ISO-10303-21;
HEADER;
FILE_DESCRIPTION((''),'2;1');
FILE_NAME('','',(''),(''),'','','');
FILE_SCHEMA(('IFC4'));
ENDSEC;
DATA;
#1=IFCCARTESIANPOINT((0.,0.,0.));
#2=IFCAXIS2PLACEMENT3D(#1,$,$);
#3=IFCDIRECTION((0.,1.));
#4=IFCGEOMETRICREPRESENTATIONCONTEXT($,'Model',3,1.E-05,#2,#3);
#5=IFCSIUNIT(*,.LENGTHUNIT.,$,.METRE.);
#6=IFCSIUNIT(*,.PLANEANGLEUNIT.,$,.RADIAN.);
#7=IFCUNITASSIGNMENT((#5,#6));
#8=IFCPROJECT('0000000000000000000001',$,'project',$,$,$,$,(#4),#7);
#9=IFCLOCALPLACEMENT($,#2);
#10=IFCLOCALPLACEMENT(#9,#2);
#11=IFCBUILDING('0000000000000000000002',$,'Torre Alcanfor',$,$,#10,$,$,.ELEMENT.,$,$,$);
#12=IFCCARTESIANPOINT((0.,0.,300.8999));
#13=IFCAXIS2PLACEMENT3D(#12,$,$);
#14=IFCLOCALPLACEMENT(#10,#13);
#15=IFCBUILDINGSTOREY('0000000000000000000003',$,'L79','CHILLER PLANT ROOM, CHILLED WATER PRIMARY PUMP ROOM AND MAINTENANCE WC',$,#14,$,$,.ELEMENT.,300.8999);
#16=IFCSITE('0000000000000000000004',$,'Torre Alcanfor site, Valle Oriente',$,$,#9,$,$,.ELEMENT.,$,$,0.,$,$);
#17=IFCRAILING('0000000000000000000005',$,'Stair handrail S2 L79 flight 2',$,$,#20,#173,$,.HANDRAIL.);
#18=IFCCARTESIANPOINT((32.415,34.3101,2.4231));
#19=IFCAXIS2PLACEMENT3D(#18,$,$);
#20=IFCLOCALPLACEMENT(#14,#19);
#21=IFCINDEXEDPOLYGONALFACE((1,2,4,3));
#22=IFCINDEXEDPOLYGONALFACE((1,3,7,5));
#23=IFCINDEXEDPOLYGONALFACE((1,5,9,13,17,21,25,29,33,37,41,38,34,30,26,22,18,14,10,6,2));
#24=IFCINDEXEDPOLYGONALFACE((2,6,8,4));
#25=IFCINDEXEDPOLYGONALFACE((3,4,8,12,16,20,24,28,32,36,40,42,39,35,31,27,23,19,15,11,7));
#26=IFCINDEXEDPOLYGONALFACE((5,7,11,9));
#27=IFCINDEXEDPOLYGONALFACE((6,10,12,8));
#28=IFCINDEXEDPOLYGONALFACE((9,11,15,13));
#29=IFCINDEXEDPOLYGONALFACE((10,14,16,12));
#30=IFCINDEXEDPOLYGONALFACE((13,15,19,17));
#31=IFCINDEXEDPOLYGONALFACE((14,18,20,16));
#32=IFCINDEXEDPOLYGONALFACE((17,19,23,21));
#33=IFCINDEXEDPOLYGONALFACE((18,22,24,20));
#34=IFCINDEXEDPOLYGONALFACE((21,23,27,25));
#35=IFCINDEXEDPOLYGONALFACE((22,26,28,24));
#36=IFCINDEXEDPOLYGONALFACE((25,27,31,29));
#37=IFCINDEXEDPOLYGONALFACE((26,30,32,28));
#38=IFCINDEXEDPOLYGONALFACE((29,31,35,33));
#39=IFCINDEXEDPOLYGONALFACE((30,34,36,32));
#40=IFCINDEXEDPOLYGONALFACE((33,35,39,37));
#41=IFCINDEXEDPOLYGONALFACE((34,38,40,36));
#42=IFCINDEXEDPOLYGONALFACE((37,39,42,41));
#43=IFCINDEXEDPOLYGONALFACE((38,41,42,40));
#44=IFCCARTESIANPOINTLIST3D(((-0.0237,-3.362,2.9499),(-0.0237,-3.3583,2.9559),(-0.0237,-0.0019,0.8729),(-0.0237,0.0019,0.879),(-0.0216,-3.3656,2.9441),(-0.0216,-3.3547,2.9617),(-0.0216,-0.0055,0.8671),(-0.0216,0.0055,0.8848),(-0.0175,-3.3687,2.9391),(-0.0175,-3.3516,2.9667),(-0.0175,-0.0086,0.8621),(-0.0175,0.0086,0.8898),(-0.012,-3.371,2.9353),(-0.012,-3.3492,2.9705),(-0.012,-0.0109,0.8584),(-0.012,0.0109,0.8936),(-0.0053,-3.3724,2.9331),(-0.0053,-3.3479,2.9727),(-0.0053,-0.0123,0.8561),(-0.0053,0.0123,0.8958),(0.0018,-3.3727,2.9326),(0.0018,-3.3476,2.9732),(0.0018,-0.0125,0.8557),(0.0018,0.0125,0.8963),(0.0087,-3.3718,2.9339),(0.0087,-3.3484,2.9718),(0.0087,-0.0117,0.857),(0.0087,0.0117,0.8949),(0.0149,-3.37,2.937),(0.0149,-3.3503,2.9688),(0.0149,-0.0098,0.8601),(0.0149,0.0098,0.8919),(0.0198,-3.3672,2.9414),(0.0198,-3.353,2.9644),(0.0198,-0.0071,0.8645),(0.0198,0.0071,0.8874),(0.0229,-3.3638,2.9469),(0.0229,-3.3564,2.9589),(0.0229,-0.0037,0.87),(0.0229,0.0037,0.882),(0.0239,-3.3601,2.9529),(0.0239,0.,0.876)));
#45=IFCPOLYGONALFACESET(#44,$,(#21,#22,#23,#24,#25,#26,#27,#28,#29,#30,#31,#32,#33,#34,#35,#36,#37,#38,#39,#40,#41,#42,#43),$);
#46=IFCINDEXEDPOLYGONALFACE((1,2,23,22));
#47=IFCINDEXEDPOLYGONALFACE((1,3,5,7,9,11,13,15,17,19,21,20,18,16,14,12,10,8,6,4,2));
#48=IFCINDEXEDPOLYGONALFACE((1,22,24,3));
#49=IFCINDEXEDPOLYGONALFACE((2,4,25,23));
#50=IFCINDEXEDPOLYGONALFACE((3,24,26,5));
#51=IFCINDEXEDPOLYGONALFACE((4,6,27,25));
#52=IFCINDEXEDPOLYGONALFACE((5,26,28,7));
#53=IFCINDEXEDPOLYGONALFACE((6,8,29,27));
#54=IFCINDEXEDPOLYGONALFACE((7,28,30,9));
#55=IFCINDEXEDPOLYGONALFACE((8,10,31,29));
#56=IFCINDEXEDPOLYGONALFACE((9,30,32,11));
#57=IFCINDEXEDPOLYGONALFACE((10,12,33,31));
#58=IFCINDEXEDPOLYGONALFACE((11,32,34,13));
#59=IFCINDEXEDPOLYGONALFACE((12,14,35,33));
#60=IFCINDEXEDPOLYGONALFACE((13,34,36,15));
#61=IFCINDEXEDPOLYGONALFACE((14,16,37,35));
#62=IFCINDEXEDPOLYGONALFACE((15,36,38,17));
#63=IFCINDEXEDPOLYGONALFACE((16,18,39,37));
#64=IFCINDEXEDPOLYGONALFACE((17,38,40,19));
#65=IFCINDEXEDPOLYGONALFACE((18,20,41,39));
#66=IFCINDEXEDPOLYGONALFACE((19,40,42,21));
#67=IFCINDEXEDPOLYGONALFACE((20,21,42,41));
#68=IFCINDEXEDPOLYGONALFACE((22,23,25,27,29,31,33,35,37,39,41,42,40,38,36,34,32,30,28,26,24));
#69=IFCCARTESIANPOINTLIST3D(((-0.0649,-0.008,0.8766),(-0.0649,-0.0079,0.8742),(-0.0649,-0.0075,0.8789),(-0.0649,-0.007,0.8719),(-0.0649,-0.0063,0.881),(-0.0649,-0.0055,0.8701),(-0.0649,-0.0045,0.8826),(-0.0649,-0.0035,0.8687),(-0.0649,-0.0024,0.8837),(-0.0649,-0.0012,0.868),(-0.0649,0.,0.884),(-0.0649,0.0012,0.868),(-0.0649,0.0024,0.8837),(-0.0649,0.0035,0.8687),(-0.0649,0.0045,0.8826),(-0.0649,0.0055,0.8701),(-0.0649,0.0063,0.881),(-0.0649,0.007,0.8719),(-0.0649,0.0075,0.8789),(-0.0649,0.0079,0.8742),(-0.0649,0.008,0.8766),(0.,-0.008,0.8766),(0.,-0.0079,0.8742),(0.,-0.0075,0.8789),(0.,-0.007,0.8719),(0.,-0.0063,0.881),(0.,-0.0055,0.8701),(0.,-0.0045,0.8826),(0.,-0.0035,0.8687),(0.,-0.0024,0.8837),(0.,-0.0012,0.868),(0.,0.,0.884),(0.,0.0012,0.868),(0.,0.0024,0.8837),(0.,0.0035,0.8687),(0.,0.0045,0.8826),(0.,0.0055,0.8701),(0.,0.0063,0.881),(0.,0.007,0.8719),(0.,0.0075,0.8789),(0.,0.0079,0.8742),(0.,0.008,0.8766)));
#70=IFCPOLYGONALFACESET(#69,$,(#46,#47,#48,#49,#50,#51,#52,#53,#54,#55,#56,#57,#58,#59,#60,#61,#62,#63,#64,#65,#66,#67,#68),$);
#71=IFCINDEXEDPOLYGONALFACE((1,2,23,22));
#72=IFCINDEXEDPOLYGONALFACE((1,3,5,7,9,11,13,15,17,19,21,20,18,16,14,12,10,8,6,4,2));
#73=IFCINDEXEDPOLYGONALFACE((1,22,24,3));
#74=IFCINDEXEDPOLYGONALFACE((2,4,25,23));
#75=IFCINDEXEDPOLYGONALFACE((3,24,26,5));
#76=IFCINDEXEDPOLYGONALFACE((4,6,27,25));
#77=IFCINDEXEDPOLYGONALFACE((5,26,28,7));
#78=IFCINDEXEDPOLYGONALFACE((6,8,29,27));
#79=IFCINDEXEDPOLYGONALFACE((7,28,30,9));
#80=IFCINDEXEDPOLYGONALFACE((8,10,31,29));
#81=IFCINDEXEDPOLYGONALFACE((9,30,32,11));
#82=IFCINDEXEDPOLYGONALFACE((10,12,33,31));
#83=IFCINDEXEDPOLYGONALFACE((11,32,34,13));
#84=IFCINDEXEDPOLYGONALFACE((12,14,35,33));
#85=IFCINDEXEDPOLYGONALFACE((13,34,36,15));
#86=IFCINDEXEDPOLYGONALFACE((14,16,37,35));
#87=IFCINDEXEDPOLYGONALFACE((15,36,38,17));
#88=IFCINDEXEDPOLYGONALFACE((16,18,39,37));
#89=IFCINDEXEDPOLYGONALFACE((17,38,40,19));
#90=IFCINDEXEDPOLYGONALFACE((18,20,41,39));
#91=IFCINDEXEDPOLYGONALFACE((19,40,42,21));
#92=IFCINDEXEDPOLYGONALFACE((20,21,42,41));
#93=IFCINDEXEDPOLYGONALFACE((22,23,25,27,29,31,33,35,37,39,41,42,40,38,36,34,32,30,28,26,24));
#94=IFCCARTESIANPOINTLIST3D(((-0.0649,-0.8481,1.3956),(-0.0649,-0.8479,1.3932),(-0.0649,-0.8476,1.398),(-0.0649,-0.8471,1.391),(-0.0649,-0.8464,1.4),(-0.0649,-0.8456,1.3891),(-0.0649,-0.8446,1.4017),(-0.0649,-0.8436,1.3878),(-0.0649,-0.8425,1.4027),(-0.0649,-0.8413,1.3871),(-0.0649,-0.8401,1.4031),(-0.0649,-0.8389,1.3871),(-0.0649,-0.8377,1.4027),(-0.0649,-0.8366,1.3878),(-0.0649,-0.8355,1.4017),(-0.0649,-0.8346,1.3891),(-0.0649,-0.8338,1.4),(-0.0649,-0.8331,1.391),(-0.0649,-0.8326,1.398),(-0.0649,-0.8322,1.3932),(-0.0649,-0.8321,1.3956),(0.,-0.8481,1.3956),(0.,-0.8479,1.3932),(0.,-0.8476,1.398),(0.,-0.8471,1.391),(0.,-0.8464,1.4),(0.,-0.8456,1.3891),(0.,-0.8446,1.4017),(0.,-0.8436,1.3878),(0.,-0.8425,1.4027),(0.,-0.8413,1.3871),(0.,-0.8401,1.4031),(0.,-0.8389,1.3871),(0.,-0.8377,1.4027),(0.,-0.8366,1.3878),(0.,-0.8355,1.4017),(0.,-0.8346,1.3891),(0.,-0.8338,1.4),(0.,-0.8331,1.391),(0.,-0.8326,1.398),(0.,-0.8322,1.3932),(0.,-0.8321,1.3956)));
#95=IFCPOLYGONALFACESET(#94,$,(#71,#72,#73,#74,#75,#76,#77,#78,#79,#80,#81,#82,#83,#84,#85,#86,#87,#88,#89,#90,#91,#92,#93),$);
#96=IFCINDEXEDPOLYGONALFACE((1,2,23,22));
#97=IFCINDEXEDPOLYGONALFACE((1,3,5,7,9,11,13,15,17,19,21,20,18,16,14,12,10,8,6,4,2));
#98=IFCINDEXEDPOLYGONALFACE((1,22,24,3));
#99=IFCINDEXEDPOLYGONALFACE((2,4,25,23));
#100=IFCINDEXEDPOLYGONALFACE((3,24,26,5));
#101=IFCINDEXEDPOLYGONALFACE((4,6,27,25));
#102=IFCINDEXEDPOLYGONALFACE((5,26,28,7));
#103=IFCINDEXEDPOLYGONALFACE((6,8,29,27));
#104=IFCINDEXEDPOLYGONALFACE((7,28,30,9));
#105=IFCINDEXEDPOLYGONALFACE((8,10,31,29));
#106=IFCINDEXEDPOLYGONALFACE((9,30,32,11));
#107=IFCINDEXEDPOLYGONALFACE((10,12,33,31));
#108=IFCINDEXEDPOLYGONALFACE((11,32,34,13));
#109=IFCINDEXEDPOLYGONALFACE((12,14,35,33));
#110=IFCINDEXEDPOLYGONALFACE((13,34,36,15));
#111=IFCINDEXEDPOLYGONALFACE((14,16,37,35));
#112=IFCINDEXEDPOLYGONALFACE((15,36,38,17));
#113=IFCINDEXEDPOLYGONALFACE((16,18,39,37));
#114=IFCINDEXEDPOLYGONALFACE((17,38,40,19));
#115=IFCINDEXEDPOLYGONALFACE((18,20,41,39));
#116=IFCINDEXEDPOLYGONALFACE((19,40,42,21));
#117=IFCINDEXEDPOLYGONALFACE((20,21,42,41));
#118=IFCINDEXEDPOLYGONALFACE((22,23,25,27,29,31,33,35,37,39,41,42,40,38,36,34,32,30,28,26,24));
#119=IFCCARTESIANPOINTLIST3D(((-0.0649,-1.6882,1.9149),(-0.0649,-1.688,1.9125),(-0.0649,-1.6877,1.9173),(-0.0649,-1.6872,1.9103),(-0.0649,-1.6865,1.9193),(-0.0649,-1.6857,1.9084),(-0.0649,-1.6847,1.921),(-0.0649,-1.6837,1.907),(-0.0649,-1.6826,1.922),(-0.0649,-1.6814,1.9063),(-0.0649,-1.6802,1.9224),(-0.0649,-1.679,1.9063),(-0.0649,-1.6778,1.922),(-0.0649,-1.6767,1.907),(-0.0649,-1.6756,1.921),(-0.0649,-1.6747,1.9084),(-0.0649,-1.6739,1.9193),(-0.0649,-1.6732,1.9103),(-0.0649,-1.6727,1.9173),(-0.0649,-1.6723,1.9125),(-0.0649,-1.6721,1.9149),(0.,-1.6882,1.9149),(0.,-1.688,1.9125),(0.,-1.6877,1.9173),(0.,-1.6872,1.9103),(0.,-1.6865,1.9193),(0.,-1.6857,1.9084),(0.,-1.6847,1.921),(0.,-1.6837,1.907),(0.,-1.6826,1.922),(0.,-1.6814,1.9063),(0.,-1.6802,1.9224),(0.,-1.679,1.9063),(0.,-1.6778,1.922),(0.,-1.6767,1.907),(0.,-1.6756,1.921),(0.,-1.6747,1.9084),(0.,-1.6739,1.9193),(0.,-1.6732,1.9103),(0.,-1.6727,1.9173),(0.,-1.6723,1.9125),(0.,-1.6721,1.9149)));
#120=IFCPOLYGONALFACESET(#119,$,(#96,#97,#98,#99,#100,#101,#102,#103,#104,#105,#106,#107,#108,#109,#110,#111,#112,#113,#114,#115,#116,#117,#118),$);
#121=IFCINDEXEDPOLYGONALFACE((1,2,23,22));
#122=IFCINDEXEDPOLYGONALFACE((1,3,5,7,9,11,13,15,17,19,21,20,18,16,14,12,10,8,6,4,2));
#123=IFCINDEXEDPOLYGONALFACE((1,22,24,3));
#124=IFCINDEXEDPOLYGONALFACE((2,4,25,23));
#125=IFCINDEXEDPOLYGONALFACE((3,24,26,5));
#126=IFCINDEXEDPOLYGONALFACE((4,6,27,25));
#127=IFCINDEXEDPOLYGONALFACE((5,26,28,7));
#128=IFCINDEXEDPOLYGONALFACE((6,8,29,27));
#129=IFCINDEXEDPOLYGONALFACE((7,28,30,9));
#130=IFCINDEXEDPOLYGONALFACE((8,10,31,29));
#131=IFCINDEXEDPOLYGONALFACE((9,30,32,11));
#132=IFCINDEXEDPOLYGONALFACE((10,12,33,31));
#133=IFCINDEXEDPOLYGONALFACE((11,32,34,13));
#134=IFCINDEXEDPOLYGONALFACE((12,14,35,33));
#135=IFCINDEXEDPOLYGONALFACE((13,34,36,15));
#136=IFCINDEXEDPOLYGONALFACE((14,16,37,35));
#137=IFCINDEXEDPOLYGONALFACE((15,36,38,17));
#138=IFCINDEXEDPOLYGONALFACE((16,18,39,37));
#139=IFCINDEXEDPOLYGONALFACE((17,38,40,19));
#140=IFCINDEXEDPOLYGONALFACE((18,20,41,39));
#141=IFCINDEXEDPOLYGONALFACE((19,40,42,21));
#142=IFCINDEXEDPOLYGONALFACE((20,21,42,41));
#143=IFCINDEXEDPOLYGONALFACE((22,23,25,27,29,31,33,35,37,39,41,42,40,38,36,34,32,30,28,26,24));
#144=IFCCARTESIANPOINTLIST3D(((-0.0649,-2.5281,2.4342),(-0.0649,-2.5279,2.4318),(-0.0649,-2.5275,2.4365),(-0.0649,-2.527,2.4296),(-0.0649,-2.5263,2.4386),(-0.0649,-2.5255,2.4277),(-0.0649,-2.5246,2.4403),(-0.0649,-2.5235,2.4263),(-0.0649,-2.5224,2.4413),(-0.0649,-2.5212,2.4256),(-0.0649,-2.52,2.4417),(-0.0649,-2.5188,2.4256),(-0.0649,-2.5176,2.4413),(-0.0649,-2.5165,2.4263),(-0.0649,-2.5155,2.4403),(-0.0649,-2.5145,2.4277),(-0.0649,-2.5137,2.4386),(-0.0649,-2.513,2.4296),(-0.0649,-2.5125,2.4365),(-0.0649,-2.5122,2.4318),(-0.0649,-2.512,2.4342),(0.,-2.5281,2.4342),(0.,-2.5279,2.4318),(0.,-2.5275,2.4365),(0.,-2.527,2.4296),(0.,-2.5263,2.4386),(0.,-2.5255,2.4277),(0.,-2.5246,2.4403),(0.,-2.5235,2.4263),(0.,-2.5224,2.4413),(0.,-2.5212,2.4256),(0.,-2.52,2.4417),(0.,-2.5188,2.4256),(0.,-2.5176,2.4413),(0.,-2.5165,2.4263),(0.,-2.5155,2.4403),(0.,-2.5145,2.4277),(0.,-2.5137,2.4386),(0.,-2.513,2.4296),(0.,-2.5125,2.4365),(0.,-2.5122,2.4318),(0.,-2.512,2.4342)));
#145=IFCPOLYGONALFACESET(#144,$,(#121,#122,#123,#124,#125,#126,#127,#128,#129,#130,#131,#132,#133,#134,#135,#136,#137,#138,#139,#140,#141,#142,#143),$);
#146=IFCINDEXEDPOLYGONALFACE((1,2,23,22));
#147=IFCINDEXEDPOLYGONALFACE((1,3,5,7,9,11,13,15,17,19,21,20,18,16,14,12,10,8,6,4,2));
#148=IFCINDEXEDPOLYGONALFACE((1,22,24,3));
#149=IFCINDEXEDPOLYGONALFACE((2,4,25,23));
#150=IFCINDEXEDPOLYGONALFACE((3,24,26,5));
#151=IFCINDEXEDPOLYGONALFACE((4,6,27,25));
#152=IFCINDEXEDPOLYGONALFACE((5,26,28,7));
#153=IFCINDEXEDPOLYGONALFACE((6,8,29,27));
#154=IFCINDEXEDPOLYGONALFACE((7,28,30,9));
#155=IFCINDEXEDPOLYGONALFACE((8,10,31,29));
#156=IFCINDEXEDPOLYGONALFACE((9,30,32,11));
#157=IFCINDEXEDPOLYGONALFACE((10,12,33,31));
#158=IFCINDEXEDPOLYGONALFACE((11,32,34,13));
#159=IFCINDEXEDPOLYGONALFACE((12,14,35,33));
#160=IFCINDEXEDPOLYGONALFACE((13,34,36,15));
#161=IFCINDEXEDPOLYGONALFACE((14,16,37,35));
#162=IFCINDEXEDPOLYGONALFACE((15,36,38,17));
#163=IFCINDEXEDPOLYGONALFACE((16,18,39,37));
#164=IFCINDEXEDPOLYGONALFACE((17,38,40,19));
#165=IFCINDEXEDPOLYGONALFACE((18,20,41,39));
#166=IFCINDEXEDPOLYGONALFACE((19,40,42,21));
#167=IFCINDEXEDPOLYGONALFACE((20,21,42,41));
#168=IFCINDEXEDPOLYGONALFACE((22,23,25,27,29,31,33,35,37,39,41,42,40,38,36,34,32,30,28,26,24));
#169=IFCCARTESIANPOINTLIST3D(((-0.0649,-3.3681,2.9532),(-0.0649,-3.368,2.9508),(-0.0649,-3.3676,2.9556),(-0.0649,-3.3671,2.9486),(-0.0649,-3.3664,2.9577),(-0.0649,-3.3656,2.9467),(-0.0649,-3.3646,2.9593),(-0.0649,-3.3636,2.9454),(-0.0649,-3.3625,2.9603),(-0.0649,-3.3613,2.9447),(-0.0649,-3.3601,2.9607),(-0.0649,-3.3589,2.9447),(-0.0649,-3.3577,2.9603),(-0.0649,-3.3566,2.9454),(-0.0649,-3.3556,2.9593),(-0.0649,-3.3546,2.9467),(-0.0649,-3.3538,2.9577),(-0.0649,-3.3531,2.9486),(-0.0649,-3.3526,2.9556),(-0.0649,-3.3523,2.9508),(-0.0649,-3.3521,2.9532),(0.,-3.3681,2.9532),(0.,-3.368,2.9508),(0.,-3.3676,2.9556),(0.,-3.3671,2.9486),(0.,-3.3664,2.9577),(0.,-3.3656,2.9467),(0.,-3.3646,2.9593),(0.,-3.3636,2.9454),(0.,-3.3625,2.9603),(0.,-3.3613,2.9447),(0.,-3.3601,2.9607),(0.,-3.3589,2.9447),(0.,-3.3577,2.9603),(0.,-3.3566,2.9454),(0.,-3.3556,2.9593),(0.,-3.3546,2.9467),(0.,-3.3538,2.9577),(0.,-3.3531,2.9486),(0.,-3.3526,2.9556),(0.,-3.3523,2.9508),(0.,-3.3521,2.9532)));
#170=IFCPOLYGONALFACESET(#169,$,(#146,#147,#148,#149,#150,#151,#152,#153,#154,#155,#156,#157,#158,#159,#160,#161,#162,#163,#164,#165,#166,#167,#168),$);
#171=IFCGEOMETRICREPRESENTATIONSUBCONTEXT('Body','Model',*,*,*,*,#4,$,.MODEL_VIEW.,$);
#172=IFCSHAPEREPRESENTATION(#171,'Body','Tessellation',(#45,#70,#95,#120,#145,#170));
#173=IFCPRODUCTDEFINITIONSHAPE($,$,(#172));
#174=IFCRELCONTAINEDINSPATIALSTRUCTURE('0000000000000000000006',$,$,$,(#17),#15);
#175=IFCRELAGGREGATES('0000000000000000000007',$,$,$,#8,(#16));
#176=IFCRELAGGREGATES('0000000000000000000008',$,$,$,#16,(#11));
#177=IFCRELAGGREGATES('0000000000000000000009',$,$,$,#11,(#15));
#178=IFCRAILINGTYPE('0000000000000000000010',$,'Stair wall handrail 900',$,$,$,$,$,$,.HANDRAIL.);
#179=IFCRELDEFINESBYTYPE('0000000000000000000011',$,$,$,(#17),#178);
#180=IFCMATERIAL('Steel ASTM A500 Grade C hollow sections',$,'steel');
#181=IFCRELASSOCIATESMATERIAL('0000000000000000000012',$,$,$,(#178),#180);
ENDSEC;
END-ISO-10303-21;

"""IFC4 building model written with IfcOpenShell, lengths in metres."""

from ifc_helpers import new_model, si_unit, direction, frame, origin, origin_2d, place, context, subcontext, project, spatial, circle, extrude, material, type_object, element, save


model = new_model("IFC4")

# Units and contexts
model_context = context("Model", 3, precision=1e-05, world=origin(), true_north=direction((0.0, 1.0)))
body_context = subcontext(model_context, "Body", "Model", "MODEL_VIEW")
ifc_project = project(units=[si_unit("LENGTHUNIT", "METRE"), si_unit("PLANEANGLEUNIT", "RADIAN")], contexts=[model_context])

# Site, building, storey
site_placement = place(None, origin())
site = spatial("IfcSite", under=ifc_project, at=site_placement, Name="Torre Alcanfor site, Valle Oriente", CompositionType="ELEMENT", RefElevation=0.0)
building_placement = place(site_placement, origin())
building = spatial("IfcBuilding", under=site, at=building_placement, Name="Torre Alcanfor", CompositionType="ELEMENT")
storey_placement = place(building_placement, frame((0.0, 0.0, 300.8999)))
storey = spatial("IfcBuildingStorey", under=building, at=storey_placement, Name="L79", Description="CHILLER PLANT ROOM, CHILLED WATER PRIMARY PUMP ROOM AND MAINTENANCE WC", CompositionType="ELEMENT", Elevation=300.8999)

# Railing
ifc_material_1 = material(Name="Steel ASTM A500 Grade C hollow sections", Category="steel")
railing_type_1 = type_object("IfcRailingType", Name="Stair wall handrail 900", PredefinedType="HANDRAIL", material=ifc_material_1)
railing_1_placement = place(storey_placement, frame((32.415, 34.3101, 2.4231)))
element("IfcRailing", 1, at=railing_1_placement, inside=storey, type_object=railing_type_1, Name="Stair handrail S2 L79 flight 2", PredefinedType="HANDRAIL", context=body_context, shape_type="SweptSolid", body=[
    extrude(circle(Radius=0.0239, at=origin_2d()), frame((0.0, 0.0, 0.876), z_axis=(0.0, -0.850623, 0.525776), x_axis=(1.0, 0.0, 0.0)), (0.0, 0.0, 1.0), 3.9502),
    extrude(circle(Radius=0.0081, at=origin_2d()), frame((0.0, 0.0, 0.876), z_axis=(-1.0, 0.0, 0.0), x_axis=(0.0, 0.0, 1.0)), (0.0, 0.0, 1.0), 0.0649),
    extrude(circle(Radius=0.0081, at=origin_2d()), frame((0.0, -0.8401, 1.395), z_axis=(-1.0, 0.0, 0.0), x_axis=(0.0, 0.0, 1.0)), (0.0, 0.0, 1.0), 0.0649),
    extrude(circle(Radius=0.0081, at=origin_2d()), frame((0.0, -1.6802, 1.9143), z_axis=(-1.0, 0.0, 0.0), x_axis=(0.0, 0.0, 1.0)), (0.0, 0.0, 1.0), 0.0649),
    extrude(circle(Radius=0.0081, at=origin_2d()), frame((0.0, -2.52, 2.4336), z_axis=(-1.0, 0.0, 0.0), x_axis=(0.0, 0.0, 1.0)), (0.0, 0.0, 1.0), 0.0649),
    extrude(circle(Radius=0.0081, at=origin_2d()), frame((0.0, -3.3601, 2.9526), z_axis=(-1.0, 0.0, 0.0), x_axis=(0.0, 0.0, 1.0)), (0.0, 0.0, 1.0), 0.0649),
])

save(model, "model.ifc")
